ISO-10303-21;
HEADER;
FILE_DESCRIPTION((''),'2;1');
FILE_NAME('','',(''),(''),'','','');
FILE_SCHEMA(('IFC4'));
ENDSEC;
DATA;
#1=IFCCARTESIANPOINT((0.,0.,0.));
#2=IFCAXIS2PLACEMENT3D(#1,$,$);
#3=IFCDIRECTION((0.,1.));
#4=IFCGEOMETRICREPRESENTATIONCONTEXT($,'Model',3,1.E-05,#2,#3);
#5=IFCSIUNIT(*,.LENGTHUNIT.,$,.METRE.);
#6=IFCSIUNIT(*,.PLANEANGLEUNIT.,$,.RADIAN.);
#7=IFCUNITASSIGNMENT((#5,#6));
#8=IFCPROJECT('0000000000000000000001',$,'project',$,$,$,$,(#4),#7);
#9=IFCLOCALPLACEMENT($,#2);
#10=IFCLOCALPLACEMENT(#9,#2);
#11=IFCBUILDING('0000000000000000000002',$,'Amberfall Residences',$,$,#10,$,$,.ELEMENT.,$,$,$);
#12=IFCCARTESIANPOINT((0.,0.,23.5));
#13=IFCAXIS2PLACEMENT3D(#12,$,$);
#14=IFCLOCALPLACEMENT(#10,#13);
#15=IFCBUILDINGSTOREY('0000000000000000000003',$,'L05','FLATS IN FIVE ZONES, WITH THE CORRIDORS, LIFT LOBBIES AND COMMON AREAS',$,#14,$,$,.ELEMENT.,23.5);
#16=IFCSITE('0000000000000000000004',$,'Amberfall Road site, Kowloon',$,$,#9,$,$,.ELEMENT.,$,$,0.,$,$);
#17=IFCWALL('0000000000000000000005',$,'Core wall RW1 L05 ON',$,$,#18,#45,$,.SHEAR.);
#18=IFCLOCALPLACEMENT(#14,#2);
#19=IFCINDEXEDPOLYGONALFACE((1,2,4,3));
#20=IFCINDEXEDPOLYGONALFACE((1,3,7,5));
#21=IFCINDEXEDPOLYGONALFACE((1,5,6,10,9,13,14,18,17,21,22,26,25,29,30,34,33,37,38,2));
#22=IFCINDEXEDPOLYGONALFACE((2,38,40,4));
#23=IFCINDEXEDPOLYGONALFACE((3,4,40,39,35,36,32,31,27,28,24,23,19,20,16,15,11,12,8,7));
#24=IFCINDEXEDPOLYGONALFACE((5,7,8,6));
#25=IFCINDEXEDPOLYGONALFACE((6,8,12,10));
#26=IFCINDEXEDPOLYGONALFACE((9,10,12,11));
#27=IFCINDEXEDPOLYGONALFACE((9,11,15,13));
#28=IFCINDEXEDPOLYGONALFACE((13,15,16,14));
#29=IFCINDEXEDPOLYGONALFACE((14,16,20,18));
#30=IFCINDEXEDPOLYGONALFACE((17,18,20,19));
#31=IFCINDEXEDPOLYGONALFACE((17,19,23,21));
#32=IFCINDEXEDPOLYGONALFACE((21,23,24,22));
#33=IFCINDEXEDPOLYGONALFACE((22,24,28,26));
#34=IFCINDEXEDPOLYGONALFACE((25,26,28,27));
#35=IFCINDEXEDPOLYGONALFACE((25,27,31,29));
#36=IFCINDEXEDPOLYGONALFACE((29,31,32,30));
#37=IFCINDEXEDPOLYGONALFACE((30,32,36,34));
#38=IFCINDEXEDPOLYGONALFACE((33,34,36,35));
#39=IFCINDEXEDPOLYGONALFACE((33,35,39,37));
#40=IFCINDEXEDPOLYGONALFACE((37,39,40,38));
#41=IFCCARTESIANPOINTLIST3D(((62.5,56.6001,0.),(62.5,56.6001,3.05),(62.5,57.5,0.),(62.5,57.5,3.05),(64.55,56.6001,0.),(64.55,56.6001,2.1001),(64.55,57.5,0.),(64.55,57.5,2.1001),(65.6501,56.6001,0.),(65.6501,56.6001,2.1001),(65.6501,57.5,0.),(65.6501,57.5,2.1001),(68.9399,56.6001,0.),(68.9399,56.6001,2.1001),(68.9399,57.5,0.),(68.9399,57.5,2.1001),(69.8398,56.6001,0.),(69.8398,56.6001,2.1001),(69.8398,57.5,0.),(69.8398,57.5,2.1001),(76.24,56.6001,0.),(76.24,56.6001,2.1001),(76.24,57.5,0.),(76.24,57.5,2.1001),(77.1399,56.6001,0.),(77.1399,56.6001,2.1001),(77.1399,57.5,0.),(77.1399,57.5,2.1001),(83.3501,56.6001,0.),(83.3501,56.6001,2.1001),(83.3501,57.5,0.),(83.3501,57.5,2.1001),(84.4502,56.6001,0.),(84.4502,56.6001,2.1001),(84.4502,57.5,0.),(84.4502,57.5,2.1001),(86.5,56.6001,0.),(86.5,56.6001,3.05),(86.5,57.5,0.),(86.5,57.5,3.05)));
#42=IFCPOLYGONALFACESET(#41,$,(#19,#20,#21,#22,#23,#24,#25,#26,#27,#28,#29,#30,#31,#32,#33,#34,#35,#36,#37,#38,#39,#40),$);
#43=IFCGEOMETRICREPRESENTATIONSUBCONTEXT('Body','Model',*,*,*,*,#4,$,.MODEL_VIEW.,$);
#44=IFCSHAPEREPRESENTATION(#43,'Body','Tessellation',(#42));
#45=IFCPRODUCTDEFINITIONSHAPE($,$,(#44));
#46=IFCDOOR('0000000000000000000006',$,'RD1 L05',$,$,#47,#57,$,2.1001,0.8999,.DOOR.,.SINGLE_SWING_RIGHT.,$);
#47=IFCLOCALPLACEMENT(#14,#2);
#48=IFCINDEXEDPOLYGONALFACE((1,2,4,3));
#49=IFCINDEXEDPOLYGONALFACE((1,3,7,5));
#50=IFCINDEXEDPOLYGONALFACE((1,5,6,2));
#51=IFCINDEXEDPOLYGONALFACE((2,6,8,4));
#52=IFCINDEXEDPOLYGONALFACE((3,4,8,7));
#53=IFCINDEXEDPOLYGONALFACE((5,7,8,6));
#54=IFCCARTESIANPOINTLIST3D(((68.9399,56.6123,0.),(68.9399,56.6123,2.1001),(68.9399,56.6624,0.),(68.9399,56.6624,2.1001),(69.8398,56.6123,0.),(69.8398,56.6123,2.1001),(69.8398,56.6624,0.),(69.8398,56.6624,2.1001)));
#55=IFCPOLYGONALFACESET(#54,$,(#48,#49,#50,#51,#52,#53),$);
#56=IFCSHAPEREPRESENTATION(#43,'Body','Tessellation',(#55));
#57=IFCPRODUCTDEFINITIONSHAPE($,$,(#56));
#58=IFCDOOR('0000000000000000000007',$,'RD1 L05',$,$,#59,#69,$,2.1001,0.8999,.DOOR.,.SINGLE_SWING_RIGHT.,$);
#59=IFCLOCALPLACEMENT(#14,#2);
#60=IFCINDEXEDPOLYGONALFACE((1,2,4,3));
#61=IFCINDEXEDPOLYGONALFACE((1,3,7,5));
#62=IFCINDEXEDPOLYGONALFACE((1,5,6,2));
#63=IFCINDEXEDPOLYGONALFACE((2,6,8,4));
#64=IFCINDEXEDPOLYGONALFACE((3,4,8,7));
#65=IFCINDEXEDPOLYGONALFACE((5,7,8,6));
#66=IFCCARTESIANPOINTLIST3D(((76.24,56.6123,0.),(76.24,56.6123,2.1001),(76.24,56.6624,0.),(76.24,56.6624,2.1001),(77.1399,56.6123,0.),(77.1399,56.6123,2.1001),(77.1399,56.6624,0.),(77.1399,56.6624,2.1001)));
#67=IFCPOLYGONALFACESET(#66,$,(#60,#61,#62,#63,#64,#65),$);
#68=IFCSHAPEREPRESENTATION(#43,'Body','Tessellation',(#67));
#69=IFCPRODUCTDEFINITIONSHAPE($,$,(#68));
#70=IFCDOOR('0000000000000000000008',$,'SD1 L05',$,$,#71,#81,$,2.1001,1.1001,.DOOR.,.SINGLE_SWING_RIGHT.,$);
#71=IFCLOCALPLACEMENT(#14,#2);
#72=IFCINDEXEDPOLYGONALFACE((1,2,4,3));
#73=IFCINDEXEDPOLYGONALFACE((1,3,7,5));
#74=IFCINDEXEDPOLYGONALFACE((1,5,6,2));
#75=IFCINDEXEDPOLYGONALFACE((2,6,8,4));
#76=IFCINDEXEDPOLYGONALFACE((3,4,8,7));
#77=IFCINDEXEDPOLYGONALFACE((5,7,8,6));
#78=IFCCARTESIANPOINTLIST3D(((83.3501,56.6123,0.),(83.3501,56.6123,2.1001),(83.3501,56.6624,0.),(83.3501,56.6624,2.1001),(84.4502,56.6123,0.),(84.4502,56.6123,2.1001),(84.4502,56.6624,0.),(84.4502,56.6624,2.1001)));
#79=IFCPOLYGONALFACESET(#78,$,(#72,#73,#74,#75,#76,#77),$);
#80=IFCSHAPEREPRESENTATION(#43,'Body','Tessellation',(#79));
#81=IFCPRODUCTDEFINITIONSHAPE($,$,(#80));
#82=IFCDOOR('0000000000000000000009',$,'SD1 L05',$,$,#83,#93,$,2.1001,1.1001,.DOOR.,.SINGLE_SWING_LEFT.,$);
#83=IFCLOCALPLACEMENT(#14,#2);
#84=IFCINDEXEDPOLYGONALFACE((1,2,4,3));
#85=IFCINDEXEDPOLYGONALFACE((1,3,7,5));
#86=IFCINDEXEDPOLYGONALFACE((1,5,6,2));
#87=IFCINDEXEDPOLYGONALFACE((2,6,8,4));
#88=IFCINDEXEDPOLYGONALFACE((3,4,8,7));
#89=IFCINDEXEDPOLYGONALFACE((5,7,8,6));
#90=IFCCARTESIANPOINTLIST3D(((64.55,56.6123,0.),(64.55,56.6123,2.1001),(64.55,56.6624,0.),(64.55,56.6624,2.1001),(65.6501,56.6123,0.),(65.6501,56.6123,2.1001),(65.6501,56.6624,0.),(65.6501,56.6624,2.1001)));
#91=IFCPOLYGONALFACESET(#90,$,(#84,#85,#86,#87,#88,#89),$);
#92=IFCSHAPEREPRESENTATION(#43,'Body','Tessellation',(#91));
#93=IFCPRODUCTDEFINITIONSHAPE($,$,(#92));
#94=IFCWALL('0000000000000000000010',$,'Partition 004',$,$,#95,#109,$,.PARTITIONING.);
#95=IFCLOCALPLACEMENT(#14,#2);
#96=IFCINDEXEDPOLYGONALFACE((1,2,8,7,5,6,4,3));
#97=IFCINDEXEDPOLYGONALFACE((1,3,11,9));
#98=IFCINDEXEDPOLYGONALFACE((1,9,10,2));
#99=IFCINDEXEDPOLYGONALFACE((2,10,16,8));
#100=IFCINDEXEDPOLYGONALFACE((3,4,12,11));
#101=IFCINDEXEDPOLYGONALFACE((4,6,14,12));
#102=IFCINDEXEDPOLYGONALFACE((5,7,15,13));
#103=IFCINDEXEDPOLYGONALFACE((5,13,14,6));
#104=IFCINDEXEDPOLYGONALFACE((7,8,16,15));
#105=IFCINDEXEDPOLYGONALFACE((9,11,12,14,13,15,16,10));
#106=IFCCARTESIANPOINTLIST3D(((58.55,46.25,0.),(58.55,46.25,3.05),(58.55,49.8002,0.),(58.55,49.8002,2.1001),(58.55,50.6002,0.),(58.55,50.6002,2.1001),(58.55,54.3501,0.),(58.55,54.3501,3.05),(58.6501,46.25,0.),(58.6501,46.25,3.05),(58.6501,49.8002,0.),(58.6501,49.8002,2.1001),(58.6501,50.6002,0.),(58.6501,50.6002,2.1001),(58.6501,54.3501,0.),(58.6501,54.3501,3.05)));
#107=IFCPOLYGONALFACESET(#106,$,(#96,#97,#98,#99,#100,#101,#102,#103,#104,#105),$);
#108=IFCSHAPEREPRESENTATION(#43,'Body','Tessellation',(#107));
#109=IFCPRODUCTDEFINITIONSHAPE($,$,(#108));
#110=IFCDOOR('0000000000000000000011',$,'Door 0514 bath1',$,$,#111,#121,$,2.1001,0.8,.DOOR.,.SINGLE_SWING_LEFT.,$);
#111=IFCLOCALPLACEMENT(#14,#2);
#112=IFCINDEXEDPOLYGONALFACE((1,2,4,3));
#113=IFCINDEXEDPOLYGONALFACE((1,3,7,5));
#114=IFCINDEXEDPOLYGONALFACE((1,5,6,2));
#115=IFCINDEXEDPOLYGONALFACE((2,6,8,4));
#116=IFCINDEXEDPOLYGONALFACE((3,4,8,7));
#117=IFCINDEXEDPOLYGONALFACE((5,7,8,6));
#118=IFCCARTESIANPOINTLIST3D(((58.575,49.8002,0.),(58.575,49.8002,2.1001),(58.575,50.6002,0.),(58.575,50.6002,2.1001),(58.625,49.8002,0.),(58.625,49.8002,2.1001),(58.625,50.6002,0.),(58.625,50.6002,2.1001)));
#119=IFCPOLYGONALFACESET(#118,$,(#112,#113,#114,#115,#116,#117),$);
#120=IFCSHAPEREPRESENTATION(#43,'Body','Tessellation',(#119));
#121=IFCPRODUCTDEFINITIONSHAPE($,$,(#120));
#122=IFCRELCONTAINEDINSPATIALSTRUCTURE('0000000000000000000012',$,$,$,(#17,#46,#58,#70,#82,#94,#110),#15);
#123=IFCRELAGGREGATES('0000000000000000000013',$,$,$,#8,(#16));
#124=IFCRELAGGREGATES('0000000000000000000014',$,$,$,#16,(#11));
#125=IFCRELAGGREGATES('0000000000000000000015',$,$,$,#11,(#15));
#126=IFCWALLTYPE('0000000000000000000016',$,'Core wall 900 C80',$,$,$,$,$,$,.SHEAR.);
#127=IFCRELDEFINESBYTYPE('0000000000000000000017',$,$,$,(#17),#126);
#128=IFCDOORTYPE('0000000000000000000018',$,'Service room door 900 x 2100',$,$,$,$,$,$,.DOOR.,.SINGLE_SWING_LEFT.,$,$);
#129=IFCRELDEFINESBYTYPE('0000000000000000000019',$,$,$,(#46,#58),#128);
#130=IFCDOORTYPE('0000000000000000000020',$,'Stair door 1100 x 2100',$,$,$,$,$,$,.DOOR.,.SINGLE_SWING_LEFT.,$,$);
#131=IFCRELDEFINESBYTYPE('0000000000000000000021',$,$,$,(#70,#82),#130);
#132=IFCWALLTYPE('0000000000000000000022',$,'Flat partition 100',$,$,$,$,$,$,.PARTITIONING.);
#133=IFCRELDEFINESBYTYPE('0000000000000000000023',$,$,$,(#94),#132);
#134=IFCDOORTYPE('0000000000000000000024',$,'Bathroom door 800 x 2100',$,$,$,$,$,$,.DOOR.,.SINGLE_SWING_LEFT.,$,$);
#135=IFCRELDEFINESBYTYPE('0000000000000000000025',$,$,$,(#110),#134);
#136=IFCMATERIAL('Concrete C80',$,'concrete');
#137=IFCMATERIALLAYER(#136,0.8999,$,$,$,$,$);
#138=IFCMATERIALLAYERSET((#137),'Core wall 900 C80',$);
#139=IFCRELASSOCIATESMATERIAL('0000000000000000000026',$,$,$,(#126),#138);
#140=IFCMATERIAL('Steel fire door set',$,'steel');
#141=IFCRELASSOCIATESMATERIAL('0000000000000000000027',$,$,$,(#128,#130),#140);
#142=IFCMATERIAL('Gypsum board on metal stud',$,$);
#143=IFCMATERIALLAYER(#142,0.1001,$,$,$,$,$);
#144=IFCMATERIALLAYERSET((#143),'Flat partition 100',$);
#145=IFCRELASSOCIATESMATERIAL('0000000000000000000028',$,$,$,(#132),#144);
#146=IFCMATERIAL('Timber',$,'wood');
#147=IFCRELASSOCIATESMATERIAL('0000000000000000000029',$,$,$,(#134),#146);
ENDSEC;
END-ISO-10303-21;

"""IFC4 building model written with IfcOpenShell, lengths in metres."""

from ifc_helpers import new_model, si_unit, direction, frame, frame_2d, origin, place, context, subcontext, project, spatial, rectangle, extrude, material, layer, layer_set, type_object, element, fill, save


model = new_model("IFC4")

# Units and contexts
model_context = context("Model", 3, precision=1e-05, world=origin(), true_north=direction((0.0, 1.0)))
body_context = subcontext(model_context, "Body", "Model", "MODEL_VIEW")
ifc_project = project(units=[si_unit("LENGTHUNIT", "METRE"), si_unit("PLANEANGLEUNIT", "RADIAN")], contexts=[model_context])

# Site, building, storey
site_placement = place(None, origin())
site = spatial("IfcSite", under=ifc_project, at=site_placement, Name="Amberfall Road site, Kowloon", CompositionType="ELEMENT", RefElevation=0.0)
building_placement = place(site_placement, origin())
building = spatial("IfcBuilding", under=site, at=building_placement, Name="Amberfall Residences", CompositionType="ELEMENT")
storey_placement = place(building_placement, frame((0.0, 0.0, 23.5)))
storey = spatial("IfcBuildingStorey", under=building, at=storey_placement, Name="L05", Description="FLATS IN FIVE ZONES, WITH THE CORRIDORS, LIFT LOBBIES AND COMMON AREAS", CompositionType="ELEMENT", Elevation=23.5)

# Shared definitions
ifc_material_1 = material(Name="Concrete C80", Category="concrete")

# Wall, openings, doors
ifc_layer_1 = layer(ifc_material_1, 0.8999)
ifc_layer_set_1 = layer_set([ifc_layer_1], Name="Core wall 900 C80")
wall_type_1 = type_object("IfcWallType", Name="Core wall 900 C80", PredefinedType="SHEAR", material=ifc_layer_set_1)
wall_1_placement = place(storey_placement, frame((62.5, 57.05, 0.0), z_axis=(0.0, 0.0, 1.0), x_axis=(1.0, 0.0, 0.0)))
wall_1 = element("IfcWall", 1, at=wall_1_placement, inside=storey, type_object=wall_type_1, Name="Core wall RW1 L05 ON", PredefinedType="SHEAR", context=body_context, shape_type="SweptSolid", body=[
    extrude(rectangle(XDim=24.0, YDim=0.8999, at=frame_2d((12.0, 0.0))), origin(), (0.0, 0.0, 1.0), 3.05),
])
opening_1_placement = place(wall_1_placement, frame((20.8501, 0.0, 0.0)))
opening_1 = element("IfcOpeningElement", 2, at=opening_1_placement, cuts=wall_1, PredefinedType="OPENING", context=body_context, shape_type="SweptSolid", body=[
    extrude(rectangle(XDim=1.1001, YDim=2.1001, at=frame_2d((0.55, 1.05))), frame((0.0, 0.46, 0.0), z_axis=(0.0, -1.0, 0.0), x_axis=(1.0, 0.0, 0.0)), (0.0, 0.0, 1.0), 0.9199),
])
opening_2_placement = place(wall_1_placement, frame((2.05, 0.0, 0.0)))
opening_2 = element("IfcOpeningElement", 3, at=opening_2_placement, cuts=wall_1, PredefinedType="OPENING", context=body_context, shape_type="SweptSolid", body=[
    extrude(rectangle(XDim=1.1001, YDim=2.1001, at=frame_2d((0.55, 1.05))), frame((0.0, 0.46, 0.0), z_axis=(0.0, -1.0, 0.0), x_axis=(1.0, 0.0, 0.0)), (0.0, 0.0, 1.0), 0.9199),
])
opening_3_placement = place(wall_1_placement, frame((6.4399, 0.0, 0.0)))
opening_3 = element("IfcOpeningElement", 4, at=opening_3_placement, cuts=wall_1, PredefinedType="OPENING", context=body_context, shape_type="SweptSolid", body=[
    extrude(rectangle(XDim=0.8999, YDim=2.1001, at=frame_2d((0.45, 1.05))), frame((0.0, 0.46, 0.0), z_axis=(0.0, -1.0, 0.0), x_axis=(1.0, 0.0, 0.0)), (0.0, 0.0, 1.0), 0.9199),
])
opening_4_placement = place(wall_1_placement, frame((13.74, 0.0, 0.0)))
opening_4 = element("IfcOpeningElement", 5, at=opening_4_placement, cuts=wall_1, PredefinedType="OPENING", context=body_context, shape_type="SweptSolid", body=[
    extrude(rectangle(XDim=0.8999, YDim=2.1001, at=frame_2d((0.45, 1.05))), frame((0.0, 0.46, 0.0), z_axis=(0.0, -1.0, 0.0), x_axis=(1.0, 0.0, 0.0)), (0.0, 0.0, 1.0), 0.9199),
])
ifc_material_2 = material(Name="Steel fire door set", Category="steel")
door_type_1 = type_object("IfcDoorType", Name="Service room door 900 x 2100", OperationType="SINGLE_SWING_LEFT", PredefinedType="DOOR", material=ifc_material_2)
door_1_placement = place(opening_3_placement, origin())
door_1 = element("IfcDoor", 6, at=door_1_placement, inside=storey, type_object=door_type_1, Name="RD1 L05", OperationType="SINGLE_SWING_RIGHT", OverallHeight=2.1001, OverallWidth=0.8999, PredefinedType="DOOR", context=body_context, shape_type="SweptSolid", body=[
    extrude(rectangle(XDim=0.8999, YDim=2.1001, at=frame_2d((0.45, 1.05))), frame((0.0, -0.3877, 0.0), z_axis=(0.0, -1.0, 0.0), x_axis=(1.0, 0.0, 0.0)), (0.0, 0.0, 1.0), 0.05),
])
fill(opening_3, door_1)
door_2_placement = place(opening_4_placement, origin())
door_2 = element("IfcDoor", 7, at=door_2_placement, inside=storey, type_object=door_type_1, Name="RD1 L05", OperationType="SINGLE_SWING_RIGHT", OverallHeight=2.1001, OverallWidth=0.8999, PredefinedType="DOOR", context=body_context, shape_type="SweptSolid", body=[
    extrude(rectangle(XDim=0.8999, YDim=2.1001, at=frame_2d((0.45, 1.05))), frame((0.0, -0.3877, 0.0), z_axis=(0.0, -1.0, 0.0), x_axis=(1.0, 0.0, 0.0)), (0.0, 0.0, 1.0), 0.05),
])
fill(opening_4, door_2)
door_type_2 = type_object("IfcDoorType", Name="Stair door 1100 x 2100", OperationType="SINGLE_SWING_LEFT", PredefinedType="DOOR", material=ifc_material_2)
door_3_placement = place(opening_1_placement, origin())
door_3 = element("IfcDoor", 8, at=door_3_placement, inside=storey, type_object=door_type_2, Name="SD1 L05", OperationType="SINGLE_SWING_RIGHT", OverallHeight=2.1001, OverallWidth=1.1001, PredefinedType="DOOR", context=body_context, shape_type="SweptSolid", body=[
    extrude(rectangle(XDim=1.1001, YDim=2.1001, at=frame_2d((0.55, 1.05))), frame((0.0, -0.3877, 0.0), z_axis=(0.0, -1.0, 0.0), x_axis=(1.0, 0.0, 0.0)), (0.0, 0.0, 1.0), 0.05),
])
fill(opening_1, door_3)
door_4_placement = place(opening_2_placement, origin())
door_4 = element("IfcDoor", 9, at=door_4_placement, inside=storey, type_object=door_type_2, Name="SD1 L05", OperationType="SINGLE_SWING_LEFT", OverallHeight=2.1001, OverallWidth=1.1001, PredefinedType="DOOR", context=body_context, shape_type="SweptSolid", body=[
    extrude(rectangle(XDim=1.1001, YDim=2.1001, at=frame_2d((0.55, 1.05))), frame((0.0, -0.3877, 0.0), z_axis=(0.0, -1.0, 0.0), x_axis=(1.0, 0.0, 0.0)), (0.0, 0.0, 1.0), 0.05),
])
fill(opening_2, door_4)

# Wall, opening, door
ifc_material_3 = material(Name="Gypsum board on metal stud")
ifc_layer_2 = layer(ifc_material_3, 0.1001)
ifc_layer_set_2 = layer_set([ifc_layer_2], Name="Flat partition 100")
wall_type_2 = type_object("IfcWallType", Name="Flat partition 100", PredefinedType="PARTITIONING", material=ifc_layer_set_2)
wall_2_placement = place(storey_placement, frame((58.6001, 54.3501, 0.0), z_axis=(0.0, 0.0, 1.0), x_axis=(0.0, -1.0, 0.0)))
wall_2 = element("IfcWall", 10, at=wall_2_placement, inside=storey, type_object=wall_type_2, Name="Partition 004", PredefinedType="PARTITIONING", context=body_context, shape_type="SweptSolid", body=[
    extrude(rectangle(XDim=8.1001, YDim=0.1001, at=frame_2d((4.05, 0.0))), origin(), (0.0, 0.0, 1.0), 3.05),
])
opening_5_placement = place(wall_2_placement, frame((3.75, 0.0, 0.0)))
opening_5 = element("IfcOpeningElement", 11, at=opening_5_placement, cuts=wall_2, PredefinedType="OPENING", context=body_context, shape_type="SweptSolid", body=[
    extrude(rectangle(XDim=0.8, YDim=2.1001, at=frame_2d((0.3999, 1.05))), frame((0.0, 0.0601, 0.0), z_axis=(0.0, -1.0, 0.0), x_axis=(1.0, 0.0, 0.0)), (0.0, 0.0, 1.0), 0.1201),
])
ifc_material_4 = material(Name="Timber", Category="wood")
door_type_3 = type_object("IfcDoorType", Name="Bathroom door 800 x 2100", OperationType="SINGLE_SWING_LEFT", PredefinedType="DOOR", material=ifc_material_4)
door_5_placement = place(opening_5_placement, origin())
door_5 = element("IfcDoor", 12, at=door_5_placement, inside=storey, type_object=door_type_3, Name="Door 0514 bath1", OperationType="SINGLE_SWING_LEFT", OverallHeight=2.1001, OverallWidth=0.8, PredefinedType="DOOR", context=body_context, shape_type="SweptSolid", body=[
    extrude(rectangle(XDim=0.8, YDim=2.1001, at=frame_2d((0.3999, 1.05))), frame((0.0, 0.0249, 0.0), z_axis=(0.0, -1.0, 0.0), x_axis=(1.0, 0.0, 0.0)), (0.0, 0.0, 1.0), 0.05),
])
fill(opening_5, door_5)

save(model, "model.ifc")
